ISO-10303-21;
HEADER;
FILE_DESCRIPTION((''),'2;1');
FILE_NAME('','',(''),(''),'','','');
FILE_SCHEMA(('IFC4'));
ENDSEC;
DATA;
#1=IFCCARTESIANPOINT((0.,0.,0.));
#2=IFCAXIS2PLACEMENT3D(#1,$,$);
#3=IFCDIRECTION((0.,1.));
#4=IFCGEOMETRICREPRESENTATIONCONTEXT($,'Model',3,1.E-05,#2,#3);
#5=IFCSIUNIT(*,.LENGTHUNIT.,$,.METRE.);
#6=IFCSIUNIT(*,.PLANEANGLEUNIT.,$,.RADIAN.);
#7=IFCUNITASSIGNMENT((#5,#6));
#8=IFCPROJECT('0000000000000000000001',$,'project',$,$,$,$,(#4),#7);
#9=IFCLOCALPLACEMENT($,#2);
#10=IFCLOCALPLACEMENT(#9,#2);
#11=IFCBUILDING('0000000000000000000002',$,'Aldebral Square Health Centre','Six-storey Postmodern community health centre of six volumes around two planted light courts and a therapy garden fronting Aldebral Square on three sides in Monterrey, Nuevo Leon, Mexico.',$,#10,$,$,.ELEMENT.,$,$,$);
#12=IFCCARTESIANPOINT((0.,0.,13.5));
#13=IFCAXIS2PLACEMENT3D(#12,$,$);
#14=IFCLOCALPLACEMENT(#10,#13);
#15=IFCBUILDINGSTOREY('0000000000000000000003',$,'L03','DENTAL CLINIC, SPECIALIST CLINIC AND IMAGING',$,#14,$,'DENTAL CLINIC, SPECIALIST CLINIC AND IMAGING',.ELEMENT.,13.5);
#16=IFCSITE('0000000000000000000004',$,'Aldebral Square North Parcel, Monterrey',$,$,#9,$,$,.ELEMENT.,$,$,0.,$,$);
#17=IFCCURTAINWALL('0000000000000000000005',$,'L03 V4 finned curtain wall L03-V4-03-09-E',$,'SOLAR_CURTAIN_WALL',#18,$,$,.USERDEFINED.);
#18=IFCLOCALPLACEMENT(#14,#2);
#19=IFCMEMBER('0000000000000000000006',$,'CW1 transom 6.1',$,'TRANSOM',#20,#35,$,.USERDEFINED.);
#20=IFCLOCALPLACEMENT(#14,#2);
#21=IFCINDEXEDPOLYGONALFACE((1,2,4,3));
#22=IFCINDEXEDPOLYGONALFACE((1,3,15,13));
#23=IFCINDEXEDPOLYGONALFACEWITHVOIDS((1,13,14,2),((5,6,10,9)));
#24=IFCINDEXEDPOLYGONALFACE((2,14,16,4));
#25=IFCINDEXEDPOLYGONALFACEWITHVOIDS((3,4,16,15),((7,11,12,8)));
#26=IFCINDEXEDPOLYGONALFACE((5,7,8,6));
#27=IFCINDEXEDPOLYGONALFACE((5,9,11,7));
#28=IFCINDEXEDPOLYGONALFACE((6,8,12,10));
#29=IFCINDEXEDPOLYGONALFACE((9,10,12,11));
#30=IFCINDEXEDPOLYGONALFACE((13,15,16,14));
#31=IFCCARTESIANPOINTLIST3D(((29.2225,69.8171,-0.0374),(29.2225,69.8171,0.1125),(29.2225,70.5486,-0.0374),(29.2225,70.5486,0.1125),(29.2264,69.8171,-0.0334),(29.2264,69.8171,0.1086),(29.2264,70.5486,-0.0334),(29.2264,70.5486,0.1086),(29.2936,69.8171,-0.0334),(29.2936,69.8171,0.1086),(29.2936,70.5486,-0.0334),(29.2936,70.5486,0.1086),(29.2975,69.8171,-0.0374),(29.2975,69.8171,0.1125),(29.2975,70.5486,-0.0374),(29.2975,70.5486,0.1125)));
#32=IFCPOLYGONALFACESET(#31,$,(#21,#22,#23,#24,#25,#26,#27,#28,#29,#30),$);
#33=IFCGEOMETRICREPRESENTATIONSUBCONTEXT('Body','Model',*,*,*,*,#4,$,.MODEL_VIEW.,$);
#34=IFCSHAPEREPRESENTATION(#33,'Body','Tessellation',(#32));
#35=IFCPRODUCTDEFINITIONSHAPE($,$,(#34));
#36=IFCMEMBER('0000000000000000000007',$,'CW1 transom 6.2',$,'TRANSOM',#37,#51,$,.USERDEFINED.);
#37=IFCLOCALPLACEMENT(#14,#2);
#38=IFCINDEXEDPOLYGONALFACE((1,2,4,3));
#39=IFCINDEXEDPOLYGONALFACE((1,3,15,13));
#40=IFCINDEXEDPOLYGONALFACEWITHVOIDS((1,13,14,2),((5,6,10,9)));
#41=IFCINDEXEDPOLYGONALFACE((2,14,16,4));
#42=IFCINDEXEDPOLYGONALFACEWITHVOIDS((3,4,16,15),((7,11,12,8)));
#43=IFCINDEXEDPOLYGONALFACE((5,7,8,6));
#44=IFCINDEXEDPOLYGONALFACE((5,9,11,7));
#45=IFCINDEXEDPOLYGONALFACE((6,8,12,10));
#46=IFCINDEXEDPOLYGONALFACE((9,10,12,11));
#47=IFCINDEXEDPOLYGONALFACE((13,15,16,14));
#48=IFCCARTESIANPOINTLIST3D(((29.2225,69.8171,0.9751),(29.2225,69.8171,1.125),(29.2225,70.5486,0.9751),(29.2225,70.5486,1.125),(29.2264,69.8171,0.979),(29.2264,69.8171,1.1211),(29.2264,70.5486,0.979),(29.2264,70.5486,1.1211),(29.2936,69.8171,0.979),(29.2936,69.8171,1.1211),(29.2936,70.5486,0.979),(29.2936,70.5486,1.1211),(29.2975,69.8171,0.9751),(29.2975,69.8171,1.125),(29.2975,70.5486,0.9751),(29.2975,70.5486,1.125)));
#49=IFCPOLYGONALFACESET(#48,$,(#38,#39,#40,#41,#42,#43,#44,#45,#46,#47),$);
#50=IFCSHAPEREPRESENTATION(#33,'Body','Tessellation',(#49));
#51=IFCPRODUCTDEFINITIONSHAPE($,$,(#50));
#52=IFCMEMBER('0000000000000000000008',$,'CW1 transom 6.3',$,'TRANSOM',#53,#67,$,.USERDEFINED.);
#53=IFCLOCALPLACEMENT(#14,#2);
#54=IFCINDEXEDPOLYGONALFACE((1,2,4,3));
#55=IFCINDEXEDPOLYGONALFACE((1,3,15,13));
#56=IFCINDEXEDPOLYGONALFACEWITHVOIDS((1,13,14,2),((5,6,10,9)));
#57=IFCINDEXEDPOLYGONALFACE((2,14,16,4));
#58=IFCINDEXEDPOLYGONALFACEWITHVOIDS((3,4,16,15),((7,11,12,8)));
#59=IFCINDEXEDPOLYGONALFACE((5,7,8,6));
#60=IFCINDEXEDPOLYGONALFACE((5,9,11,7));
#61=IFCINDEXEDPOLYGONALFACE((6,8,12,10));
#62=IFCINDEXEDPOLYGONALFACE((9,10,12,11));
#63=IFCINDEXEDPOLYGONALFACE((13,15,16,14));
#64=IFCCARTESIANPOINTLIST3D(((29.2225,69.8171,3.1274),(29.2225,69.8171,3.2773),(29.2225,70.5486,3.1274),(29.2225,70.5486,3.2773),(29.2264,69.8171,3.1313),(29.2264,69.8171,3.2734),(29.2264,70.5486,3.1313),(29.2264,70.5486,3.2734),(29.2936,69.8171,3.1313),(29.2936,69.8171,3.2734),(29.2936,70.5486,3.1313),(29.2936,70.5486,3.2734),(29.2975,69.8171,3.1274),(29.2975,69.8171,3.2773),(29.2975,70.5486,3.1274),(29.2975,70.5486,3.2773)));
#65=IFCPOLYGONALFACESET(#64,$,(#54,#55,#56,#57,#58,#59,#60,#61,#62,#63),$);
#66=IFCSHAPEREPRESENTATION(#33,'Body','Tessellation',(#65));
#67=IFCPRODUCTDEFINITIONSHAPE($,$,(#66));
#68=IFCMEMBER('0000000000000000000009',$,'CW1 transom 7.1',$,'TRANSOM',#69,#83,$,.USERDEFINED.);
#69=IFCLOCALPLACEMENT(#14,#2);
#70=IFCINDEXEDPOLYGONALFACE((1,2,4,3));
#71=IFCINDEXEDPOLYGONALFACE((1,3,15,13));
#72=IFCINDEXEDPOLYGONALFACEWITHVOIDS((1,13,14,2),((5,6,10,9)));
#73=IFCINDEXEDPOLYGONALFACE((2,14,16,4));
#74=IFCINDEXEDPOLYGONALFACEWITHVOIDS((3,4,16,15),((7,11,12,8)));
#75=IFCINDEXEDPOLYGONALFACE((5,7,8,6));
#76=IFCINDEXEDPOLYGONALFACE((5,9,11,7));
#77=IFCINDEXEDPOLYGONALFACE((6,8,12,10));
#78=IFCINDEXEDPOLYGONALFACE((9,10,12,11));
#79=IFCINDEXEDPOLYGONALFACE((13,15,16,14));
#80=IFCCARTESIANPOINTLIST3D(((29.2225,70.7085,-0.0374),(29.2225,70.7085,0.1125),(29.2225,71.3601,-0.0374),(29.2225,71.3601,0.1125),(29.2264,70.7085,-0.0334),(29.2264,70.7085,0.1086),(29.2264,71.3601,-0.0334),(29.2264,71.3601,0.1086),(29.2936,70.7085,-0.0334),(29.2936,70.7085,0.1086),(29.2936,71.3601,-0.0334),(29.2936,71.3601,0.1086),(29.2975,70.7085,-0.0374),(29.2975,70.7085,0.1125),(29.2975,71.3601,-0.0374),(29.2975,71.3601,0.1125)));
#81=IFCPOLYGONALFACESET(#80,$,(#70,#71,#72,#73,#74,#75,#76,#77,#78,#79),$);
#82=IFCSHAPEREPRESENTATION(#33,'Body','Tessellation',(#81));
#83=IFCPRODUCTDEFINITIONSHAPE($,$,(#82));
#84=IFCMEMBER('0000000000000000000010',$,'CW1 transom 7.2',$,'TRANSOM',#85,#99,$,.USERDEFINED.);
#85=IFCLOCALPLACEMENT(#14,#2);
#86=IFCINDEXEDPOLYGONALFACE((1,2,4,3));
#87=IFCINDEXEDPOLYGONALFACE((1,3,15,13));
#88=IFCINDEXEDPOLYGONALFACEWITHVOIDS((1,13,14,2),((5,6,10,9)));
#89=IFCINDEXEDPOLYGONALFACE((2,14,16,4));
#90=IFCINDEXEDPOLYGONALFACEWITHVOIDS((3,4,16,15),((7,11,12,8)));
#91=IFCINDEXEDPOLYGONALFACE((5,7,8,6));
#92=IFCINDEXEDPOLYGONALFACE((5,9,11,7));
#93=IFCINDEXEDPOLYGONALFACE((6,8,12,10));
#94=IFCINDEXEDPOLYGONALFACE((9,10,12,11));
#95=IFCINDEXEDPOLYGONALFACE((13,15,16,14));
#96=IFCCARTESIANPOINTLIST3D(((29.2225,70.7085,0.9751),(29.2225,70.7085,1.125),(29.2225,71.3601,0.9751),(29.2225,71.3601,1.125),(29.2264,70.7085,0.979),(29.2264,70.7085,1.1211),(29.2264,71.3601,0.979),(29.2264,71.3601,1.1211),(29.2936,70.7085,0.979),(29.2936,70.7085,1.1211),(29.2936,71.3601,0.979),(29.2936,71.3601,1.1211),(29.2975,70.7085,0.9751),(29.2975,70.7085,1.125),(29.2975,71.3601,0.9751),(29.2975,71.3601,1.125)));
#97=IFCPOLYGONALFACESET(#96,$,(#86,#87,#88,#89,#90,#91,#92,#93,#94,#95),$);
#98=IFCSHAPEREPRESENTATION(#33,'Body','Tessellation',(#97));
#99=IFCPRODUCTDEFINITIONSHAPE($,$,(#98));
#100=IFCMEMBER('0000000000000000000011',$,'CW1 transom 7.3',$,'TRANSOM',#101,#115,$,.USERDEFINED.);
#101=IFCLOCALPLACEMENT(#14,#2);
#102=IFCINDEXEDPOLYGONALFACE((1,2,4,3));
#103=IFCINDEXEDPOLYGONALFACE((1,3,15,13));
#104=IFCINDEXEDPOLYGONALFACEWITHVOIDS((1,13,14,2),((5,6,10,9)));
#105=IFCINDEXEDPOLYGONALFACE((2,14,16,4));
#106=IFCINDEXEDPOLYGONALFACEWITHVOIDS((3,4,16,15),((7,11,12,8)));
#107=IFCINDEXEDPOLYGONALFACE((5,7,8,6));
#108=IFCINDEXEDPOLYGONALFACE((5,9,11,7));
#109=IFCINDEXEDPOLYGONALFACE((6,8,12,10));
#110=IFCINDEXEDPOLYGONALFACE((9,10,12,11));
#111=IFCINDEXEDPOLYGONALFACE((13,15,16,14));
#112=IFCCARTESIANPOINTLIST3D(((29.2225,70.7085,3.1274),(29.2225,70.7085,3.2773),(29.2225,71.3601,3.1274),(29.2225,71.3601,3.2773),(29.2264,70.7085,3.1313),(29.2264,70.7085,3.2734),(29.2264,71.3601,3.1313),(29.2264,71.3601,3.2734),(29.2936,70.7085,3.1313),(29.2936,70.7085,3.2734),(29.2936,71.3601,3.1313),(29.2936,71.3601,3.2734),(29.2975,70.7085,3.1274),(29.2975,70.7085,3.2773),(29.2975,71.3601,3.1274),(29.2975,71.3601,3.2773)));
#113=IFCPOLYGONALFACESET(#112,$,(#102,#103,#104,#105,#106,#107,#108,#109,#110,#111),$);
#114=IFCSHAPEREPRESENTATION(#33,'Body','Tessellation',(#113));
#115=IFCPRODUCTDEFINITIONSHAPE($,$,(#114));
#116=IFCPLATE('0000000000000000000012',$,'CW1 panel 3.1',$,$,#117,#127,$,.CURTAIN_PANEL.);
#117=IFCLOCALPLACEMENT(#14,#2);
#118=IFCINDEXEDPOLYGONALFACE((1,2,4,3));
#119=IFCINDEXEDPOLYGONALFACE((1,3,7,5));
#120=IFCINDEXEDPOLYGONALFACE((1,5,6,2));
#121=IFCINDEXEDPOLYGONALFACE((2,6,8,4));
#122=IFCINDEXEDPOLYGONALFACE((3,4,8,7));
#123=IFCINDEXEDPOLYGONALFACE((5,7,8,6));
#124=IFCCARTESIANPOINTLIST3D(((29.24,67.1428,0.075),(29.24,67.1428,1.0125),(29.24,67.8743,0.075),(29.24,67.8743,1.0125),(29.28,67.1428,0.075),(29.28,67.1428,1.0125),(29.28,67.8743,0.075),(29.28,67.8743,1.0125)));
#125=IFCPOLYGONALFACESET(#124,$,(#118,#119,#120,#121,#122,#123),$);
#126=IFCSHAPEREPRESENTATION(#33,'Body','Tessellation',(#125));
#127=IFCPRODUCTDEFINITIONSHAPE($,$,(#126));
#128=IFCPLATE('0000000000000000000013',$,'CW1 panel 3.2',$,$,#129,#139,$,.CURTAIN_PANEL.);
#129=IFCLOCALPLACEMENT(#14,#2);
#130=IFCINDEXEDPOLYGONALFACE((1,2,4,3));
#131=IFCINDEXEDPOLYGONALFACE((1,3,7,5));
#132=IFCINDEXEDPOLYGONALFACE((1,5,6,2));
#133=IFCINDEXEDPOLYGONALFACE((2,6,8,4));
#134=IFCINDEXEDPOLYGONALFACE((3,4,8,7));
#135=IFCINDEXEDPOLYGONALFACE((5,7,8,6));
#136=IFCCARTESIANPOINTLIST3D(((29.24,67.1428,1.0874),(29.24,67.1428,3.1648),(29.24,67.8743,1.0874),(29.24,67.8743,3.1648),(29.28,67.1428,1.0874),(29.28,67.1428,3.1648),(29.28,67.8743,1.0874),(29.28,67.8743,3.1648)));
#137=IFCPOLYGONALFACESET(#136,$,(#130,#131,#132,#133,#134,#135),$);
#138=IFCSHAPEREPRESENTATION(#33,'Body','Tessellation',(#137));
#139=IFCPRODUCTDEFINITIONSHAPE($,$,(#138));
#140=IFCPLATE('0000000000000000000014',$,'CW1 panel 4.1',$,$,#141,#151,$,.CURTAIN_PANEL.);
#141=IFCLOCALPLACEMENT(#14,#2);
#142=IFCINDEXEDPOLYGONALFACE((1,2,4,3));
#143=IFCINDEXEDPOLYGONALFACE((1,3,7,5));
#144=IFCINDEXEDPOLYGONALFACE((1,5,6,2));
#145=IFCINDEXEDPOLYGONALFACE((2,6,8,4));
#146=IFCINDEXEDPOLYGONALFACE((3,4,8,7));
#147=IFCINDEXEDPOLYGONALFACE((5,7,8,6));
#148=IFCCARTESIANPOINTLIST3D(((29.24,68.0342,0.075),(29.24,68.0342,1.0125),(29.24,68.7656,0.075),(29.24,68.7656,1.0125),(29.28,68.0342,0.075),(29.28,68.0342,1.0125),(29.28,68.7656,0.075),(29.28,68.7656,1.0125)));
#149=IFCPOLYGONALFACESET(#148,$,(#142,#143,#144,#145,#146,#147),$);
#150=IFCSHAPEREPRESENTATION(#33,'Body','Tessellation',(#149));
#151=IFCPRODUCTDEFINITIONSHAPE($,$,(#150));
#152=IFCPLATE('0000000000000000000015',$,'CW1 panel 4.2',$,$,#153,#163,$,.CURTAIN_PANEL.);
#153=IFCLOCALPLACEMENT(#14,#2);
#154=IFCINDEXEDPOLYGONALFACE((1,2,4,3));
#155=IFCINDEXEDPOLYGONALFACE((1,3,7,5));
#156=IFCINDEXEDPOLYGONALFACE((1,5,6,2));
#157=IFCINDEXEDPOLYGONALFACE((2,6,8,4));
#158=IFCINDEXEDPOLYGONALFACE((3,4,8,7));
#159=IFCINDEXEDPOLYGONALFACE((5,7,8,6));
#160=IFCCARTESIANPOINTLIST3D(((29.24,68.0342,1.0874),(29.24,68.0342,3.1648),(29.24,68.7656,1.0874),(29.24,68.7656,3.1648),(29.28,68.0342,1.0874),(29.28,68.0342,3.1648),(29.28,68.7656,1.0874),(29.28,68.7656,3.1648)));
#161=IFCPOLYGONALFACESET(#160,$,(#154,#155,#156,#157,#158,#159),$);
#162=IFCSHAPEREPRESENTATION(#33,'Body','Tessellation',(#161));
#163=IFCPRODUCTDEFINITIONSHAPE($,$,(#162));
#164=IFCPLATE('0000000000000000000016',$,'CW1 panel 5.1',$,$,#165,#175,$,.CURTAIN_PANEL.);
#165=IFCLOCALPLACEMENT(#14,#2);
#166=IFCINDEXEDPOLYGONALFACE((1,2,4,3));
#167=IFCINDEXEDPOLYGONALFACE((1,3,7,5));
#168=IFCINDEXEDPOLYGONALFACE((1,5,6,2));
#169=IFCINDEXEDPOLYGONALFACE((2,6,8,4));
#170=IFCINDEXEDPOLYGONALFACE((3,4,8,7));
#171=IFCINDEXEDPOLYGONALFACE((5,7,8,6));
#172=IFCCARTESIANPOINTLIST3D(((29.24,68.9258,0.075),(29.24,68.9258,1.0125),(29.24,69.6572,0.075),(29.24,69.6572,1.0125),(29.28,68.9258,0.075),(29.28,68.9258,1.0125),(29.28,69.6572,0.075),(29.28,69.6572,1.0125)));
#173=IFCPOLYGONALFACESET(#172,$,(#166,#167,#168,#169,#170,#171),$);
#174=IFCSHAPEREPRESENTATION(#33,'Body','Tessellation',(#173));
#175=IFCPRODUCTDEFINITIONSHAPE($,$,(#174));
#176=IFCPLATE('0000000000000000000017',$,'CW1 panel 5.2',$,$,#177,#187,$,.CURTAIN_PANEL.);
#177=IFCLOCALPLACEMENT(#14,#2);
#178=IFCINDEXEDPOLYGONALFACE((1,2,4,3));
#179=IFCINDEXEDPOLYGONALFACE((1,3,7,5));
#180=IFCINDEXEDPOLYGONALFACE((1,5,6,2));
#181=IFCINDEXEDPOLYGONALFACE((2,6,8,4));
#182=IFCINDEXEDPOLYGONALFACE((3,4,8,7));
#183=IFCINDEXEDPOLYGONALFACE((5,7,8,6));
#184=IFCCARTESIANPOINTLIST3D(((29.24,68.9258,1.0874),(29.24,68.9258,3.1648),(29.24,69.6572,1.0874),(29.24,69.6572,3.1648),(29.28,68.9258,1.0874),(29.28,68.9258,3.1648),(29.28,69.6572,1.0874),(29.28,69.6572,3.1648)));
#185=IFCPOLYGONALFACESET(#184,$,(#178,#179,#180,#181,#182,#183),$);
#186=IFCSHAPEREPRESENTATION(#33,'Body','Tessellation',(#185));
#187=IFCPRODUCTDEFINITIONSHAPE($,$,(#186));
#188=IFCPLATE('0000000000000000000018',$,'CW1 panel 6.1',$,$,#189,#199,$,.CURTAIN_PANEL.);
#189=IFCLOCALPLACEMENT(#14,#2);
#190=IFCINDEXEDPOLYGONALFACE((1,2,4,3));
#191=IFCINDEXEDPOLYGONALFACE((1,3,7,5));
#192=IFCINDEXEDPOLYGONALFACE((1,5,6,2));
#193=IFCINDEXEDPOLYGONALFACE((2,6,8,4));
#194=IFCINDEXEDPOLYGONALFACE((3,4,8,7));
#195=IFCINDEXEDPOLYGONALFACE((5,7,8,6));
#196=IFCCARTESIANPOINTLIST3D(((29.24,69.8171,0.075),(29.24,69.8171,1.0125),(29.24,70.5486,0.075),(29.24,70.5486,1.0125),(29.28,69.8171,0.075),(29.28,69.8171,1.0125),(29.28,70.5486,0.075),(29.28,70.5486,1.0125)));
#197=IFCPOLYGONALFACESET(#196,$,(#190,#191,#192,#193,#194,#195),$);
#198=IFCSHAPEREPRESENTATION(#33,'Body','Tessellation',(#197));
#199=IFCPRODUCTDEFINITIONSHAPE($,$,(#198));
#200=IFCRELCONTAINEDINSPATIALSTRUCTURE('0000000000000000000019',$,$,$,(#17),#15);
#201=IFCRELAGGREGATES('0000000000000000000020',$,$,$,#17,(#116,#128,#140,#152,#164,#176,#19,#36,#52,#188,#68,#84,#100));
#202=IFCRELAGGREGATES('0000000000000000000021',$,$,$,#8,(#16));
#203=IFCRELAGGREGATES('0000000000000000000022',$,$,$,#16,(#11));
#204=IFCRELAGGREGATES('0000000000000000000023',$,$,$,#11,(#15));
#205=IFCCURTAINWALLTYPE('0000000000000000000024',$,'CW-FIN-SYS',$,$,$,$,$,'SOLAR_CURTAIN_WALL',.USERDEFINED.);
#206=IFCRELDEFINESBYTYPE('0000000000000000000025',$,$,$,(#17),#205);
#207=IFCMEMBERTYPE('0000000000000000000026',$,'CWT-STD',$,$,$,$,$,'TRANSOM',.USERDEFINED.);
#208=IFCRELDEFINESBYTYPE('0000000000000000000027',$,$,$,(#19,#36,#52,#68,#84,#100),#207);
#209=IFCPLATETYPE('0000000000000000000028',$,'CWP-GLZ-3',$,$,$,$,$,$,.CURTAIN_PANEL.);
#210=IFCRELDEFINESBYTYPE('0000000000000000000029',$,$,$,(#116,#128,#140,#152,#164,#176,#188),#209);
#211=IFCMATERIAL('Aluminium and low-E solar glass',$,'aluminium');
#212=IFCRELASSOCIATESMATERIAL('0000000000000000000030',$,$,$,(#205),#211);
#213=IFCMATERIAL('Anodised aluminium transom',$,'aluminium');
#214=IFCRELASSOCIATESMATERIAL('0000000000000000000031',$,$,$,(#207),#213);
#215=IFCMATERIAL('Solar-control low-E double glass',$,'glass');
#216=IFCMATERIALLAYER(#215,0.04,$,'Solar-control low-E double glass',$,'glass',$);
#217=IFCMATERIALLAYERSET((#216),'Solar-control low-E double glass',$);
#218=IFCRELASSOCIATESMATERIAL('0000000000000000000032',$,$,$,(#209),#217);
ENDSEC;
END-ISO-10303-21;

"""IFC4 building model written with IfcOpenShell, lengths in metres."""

from ifc_helpers import new_model, si_unit, direction, frame, origin, origin_2d, place, context, subcontext, project, spatial, rectangle, hollow_rectangle, extrude, material, layer, layer_set, material_profile, profile_set, type_object, element, aggregate, save


model = new_model("IFC4")

# Units and contexts
model_context = context("Model", 3, precision=1e-05, world=origin(), true_north=direction((0.0, 1.0)))
body_context = subcontext(model_context, "Body", "Model", "MODEL_VIEW")
ifc_project = project(units=[si_unit("LENGTHUNIT", "METRE"), si_unit("PLANEANGLEUNIT", "RADIAN")], contexts=[model_context])

# Site, building, storey
site_placement = place(None, origin())
site = spatial("IfcSite", under=ifc_project, at=site_placement, Name="Aldebral Square North Parcel, Monterrey", CompositionType="ELEMENT", RefElevation=0.0)
building_placement = place(site_placement, origin())
building = spatial("IfcBuilding", under=site, at=building_placement, Name="Aldebral Square Health Centre", Description="Six-storey Postmodern community health centre of six volumes around two planted light courts and a therapy garden fronting Aldebral Square on three sides in Monterrey, Nuevo Leon, Mexico.", CompositionType="ELEMENT")
storey_placement = place(building_placement, frame((0.0, 0.0, 13.5)))
storey = spatial("IfcBuildingStorey", under=building, at=storey_placement, Name="L03", Description="DENTAL CLINIC, SPECIALIST CLINIC AND IMAGING", LongName="DENTAL CLINIC, SPECIALIST CLINIC AND IMAGING", CompositionType="ELEMENT", Elevation=13.5)

# Curtain wall, members, plates
ifc_material_1 = material(Name="Aluminium and low-E solar glass", Category="aluminium")
curtain_wall_type = type_object("IfcCurtainWallType", Name="CW-FIN-SYS", ElementType="SOLAR_CURTAIN_WALL", PredefinedType="USERDEFINED", material=ifc_material_1)
curtain_wall_placement = place(storey_placement, origin())
curtain_wall = element("IfcCurtainWall", 1, at=curtain_wall_placement, inside=storey, type_object=curtain_wall_type, Name="L03 V4 finned curtain wall L03-V4-03-09-E", ObjectType="SOLAR_CURTAIN_WALL", PredefinedType="USERDEFINED")
ifc_material_2 = material(Name="Anodised aluminium transom", Category="aluminium")
ifc_material_profile_1 = material_profile(ifc_material_2, hollow_rectangle(XDim=0.075, YDim=0.1499, WallThickness=0.0039, at=origin_2d()), Name="CWT 75x150x4")
ifc_profile_set_1 = profile_set([ifc_material_profile_1], Name="Anodised aluminium transom")
member_type_1 = type_object("IfcMemberType", Name="CWT-STD", ElementType="TRANSOM", PredefinedType="USERDEFINED", material=ifc_profile_set_1)
member_1_placement = place(storey_placement, frame((29.26, 69.8171, 0.0376), z_axis=(0.0, 1.0, 0.0), x_axis=(-1.0, 0.0, 0.0)))
member_1 = element("IfcMember", 2, at=member_1_placement, type_object=member_type_1, Name="CW1 transom 6.1", ObjectType="TRANSOM", PredefinedType="USERDEFINED", context=body_context, shape_type="SweptSolid", body=[
    extrude(hollow_rectangle(XDim=0.075, YDim=0.1499, WallThickness=0.0039, at=origin_2d()), origin(), (0.0, 0.0, 1.0), 0.7314),
])
member_2_placement = place(storey_placement, frame((29.26, 69.8171, 1.05), z_axis=(0.0, 1.0, 0.0), x_axis=(-1.0, 0.0, 0.0)))
member_2 = element("IfcMember", 3, at=member_2_placement, type_object=member_type_1, Name="CW1 transom 6.2", ObjectType="TRANSOM", PredefinedType="USERDEFINED", context=body_context, shape_type="SweptSolid", body=[
    extrude(hollow_rectangle(XDim=0.075, YDim=0.1499, WallThickness=0.0039, at=origin_2d()), origin(), (0.0, 0.0, 1.0), 0.7314),
])
member_3_placement = place(storey_placement, frame((29.26, 69.8171, 3.2024), z_axis=(0.0, 1.0, 0.0), x_axis=(-1.0, 0.0, 0.0)))
member_3 = element("IfcMember", 4, at=member_3_placement, type_object=member_type_1, Name="CW1 transom 6.3", ObjectType="TRANSOM", PredefinedType="USERDEFINED", context=body_context, shape_type="SweptSolid", body=[
    extrude(hollow_rectangle(XDim=0.075, YDim=0.1499, WallThickness=0.0039, at=origin_2d()), origin(), (0.0, 0.0, 1.0), 0.7314),
])
member_4_placement = place(storey_placement, frame((29.26, 70.7085, 0.0376), z_axis=(0.0, 1.0, 0.0), x_axis=(-1.0, 0.0, 0.0)))
member_4 = element("IfcMember", 5, at=member_4_placement, type_object=member_type_1, Name="CW1 transom 7.1", ObjectType="TRANSOM", PredefinedType="USERDEFINED", context=body_context, shape_type="SweptSolid", body=[
    extrude(hollow_rectangle(XDim=0.075, YDim=0.1499, WallThickness=0.0039, at=origin_2d()), origin(), (0.0, 0.0, 1.0), 0.6516),
])
member_5_placement = place(storey_placement, frame((29.26, 70.7085, 1.05), z_axis=(0.0, 1.0, 0.0), x_axis=(-1.0, 0.0, 0.0)))
member_5 = element("IfcMember", 6, at=member_5_placement, type_object=member_type_1, Name="CW1 transom 7.2", ObjectType="TRANSOM", PredefinedType="USERDEFINED", context=body_context, shape_type="SweptSolid", body=[
    extrude(hollow_rectangle(XDim=0.075, YDim=0.1499, WallThickness=0.0039, at=origin_2d()), origin(), (0.0, 0.0, 1.0), 0.6516),
])
member_6_placement = place(storey_placement, frame((29.26, 70.7085, 3.2024), z_axis=(0.0, 1.0, 0.0), x_axis=(-1.0, 0.0, 0.0)))
member_6 = element("IfcMember", 7, at=member_6_placement, type_object=member_type_1, Name="CW1 transom 7.3", ObjectType="TRANSOM", PredefinedType="USERDEFINED", context=body_context, shape_type="SweptSolid", body=[
    extrude(hollow_rectangle(XDim=0.075, YDim=0.1499, WallThickness=0.0039, at=origin_2d()), origin(), (0.0, 0.0, 1.0), 0.6516),
])
ifc_material_3 = material(Name="Solar-control low-E double glass", Category="glass")
ifc_layer = layer(ifc_material_3, 0.04, Name="Solar-control low-E double glass", Category="glass")
ifc_layer_set = layer_set([ifc_layer], Name="Solar-control low-E double glass")
plate_type = type_object("IfcPlateType", Name="CWP-GLZ-3", PredefinedType="CURTAIN_PANEL", material=ifc_layer_set)
plate_1_placement = place(storey_placement, frame((29.26, 67.5085, 0.075), z_axis=(0.0, 0.0, 1.0), x_axis=(0.0, 1.0, 0.0)))
plate_1 = element("IfcPlate", 8, at=plate_1_placement, type_object=plate_type, Name="CW1 panel 3.1", PredefinedType="CURTAIN_PANEL", context=body_context, shape_type="SweptSolid", body=[
    extrude(rectangle(XDim=0.7314, YDim=0.04, at=origin_2d()), origin(), (0.0, 0.0, 1.0), 0.9375),
])
plate_2_placement = place(storey_placement, frame((29.26, 67.5085, 1.0874), z_axis=(0.0, 0.0, 1.0), x_axis=(0.0, 1.0, 0.0)))
plate_2 = element("IfcPlate", 9, at=plate_2_placement, type_object=plate_type, Name="CW1 panel 3.2", PredefinedType="CURTAIN_PANEL", context=body_context, shape_type="SweptSolid", body=[
    extrude(rectangle(XDim=0.7314, YDim=0.04, at=origin_2d()), origin(), (0.0, 0.0, 1.0), 2.0774),
])
plate_3_placement = place(storey_placement, frame((29.26, 68.3999, 0.075), z_axis=(0.0, 0.0, 1.0), x_axis=(0.0, 1.0, 0.0)))
plate_3 = element("IfcPlate", 10, at=plate_3_placement, type_object=plate_type, Name="CW1 panel 4.1", PredefinedType="CURTAIN_PANEL", context=body_context, shape_type="SweptSolid", body=[
    extrude(rectangle(XDim=0.7314, YDim=0.04, at=origin_2d()), origin(), (0.0, 0.0, 1.0), 0.9375),
])
plate_4_placement = place(storey_placement, frame((29.26, 68.3999, 1.0874), z_axis=(0.0, 0.0, 1.0), x_axis=(0.0, 1.0, 0.0)))
plate_4 = element("IfcPlate", 11, at=plate_4_placement, type_object=plate_type, Name="CW1 panel 4.2", PredefinedType="CURTAIN_PANEL", context=body_context, shape_type="SweptSolid", body=[
    extrude(rectangle(XDim=0.7314, YDim=0.04, at=origin_2d()), origin(), (0.0, 0.0, 1.0), 2.0774),
])
plate_5_placement = place(storey_placement, frame((29.26, 69.2915, 0.075), z_axis=(0.0, 0.0, 1.0), x_axis=(0.0, 1.0, 0.0)))
plate_5 = element("IfcPlate", 12, at=plate_5_placement, type_object=plate_type, Name="CW1 panel 5.1", PredefinedType="CURTAIN_PANEL", context=body_context, shape_type="SweptSolid", body=[
    extrude(rectangle(XDim=0.7314, YDim=0.04, at=origin_2d()), origin(), (0.0, 0.0, 1.0), 0.9375),
])
plate_6_placement = place(storey_placement, frame((29.26, 69.2915, 1.0874), z_axis=(0.0, 0.0, 1.0), x_axis=(0.0, 1.0, 0.0)))
plate_6 = element("IfcPlate", 13, at=plate_6_placement, type_object=plate_type, Name="CW1 panel 5.2", PredefinedType="CURTAIN_PANEL", context=body_context, shape_type="SweptSolid", body=[
    extrude(rectangle(XDim=0.7314, YDim=0.04, at=origin_2d()), origin(), (0.0, 0.0, 1.0), 2.0774),
])
plate_7_placement = place(storey_placement, frame((29.26, 70.1829, 0.075), z_axis=(0.0, 0.0, 1.0), x_axis=(0.0, 1.0, 0.0)))
plate_7 = element("IfcPlate", 14, at=plate_7_placement, type_object=plate_type, Name="CW1 panel 6.1", PredefinedType="CURTAIN_PANEL", context=body_context, shape_type="SweptSolid", body=[
    extrude(rectangle(XDim=0.7314, YDim=0.04, at=origin_2d()), origin(), (0.0, 0.0, 1.0), 0.9375),
])
aggregate(curtain_wall, [plate_1, plate_2, plate_3, plate_4, plate_5, plate_6, member_1, member_2, member_3, plate_7, member_4, member_5, member_6])

save(model, "model.ifc")
